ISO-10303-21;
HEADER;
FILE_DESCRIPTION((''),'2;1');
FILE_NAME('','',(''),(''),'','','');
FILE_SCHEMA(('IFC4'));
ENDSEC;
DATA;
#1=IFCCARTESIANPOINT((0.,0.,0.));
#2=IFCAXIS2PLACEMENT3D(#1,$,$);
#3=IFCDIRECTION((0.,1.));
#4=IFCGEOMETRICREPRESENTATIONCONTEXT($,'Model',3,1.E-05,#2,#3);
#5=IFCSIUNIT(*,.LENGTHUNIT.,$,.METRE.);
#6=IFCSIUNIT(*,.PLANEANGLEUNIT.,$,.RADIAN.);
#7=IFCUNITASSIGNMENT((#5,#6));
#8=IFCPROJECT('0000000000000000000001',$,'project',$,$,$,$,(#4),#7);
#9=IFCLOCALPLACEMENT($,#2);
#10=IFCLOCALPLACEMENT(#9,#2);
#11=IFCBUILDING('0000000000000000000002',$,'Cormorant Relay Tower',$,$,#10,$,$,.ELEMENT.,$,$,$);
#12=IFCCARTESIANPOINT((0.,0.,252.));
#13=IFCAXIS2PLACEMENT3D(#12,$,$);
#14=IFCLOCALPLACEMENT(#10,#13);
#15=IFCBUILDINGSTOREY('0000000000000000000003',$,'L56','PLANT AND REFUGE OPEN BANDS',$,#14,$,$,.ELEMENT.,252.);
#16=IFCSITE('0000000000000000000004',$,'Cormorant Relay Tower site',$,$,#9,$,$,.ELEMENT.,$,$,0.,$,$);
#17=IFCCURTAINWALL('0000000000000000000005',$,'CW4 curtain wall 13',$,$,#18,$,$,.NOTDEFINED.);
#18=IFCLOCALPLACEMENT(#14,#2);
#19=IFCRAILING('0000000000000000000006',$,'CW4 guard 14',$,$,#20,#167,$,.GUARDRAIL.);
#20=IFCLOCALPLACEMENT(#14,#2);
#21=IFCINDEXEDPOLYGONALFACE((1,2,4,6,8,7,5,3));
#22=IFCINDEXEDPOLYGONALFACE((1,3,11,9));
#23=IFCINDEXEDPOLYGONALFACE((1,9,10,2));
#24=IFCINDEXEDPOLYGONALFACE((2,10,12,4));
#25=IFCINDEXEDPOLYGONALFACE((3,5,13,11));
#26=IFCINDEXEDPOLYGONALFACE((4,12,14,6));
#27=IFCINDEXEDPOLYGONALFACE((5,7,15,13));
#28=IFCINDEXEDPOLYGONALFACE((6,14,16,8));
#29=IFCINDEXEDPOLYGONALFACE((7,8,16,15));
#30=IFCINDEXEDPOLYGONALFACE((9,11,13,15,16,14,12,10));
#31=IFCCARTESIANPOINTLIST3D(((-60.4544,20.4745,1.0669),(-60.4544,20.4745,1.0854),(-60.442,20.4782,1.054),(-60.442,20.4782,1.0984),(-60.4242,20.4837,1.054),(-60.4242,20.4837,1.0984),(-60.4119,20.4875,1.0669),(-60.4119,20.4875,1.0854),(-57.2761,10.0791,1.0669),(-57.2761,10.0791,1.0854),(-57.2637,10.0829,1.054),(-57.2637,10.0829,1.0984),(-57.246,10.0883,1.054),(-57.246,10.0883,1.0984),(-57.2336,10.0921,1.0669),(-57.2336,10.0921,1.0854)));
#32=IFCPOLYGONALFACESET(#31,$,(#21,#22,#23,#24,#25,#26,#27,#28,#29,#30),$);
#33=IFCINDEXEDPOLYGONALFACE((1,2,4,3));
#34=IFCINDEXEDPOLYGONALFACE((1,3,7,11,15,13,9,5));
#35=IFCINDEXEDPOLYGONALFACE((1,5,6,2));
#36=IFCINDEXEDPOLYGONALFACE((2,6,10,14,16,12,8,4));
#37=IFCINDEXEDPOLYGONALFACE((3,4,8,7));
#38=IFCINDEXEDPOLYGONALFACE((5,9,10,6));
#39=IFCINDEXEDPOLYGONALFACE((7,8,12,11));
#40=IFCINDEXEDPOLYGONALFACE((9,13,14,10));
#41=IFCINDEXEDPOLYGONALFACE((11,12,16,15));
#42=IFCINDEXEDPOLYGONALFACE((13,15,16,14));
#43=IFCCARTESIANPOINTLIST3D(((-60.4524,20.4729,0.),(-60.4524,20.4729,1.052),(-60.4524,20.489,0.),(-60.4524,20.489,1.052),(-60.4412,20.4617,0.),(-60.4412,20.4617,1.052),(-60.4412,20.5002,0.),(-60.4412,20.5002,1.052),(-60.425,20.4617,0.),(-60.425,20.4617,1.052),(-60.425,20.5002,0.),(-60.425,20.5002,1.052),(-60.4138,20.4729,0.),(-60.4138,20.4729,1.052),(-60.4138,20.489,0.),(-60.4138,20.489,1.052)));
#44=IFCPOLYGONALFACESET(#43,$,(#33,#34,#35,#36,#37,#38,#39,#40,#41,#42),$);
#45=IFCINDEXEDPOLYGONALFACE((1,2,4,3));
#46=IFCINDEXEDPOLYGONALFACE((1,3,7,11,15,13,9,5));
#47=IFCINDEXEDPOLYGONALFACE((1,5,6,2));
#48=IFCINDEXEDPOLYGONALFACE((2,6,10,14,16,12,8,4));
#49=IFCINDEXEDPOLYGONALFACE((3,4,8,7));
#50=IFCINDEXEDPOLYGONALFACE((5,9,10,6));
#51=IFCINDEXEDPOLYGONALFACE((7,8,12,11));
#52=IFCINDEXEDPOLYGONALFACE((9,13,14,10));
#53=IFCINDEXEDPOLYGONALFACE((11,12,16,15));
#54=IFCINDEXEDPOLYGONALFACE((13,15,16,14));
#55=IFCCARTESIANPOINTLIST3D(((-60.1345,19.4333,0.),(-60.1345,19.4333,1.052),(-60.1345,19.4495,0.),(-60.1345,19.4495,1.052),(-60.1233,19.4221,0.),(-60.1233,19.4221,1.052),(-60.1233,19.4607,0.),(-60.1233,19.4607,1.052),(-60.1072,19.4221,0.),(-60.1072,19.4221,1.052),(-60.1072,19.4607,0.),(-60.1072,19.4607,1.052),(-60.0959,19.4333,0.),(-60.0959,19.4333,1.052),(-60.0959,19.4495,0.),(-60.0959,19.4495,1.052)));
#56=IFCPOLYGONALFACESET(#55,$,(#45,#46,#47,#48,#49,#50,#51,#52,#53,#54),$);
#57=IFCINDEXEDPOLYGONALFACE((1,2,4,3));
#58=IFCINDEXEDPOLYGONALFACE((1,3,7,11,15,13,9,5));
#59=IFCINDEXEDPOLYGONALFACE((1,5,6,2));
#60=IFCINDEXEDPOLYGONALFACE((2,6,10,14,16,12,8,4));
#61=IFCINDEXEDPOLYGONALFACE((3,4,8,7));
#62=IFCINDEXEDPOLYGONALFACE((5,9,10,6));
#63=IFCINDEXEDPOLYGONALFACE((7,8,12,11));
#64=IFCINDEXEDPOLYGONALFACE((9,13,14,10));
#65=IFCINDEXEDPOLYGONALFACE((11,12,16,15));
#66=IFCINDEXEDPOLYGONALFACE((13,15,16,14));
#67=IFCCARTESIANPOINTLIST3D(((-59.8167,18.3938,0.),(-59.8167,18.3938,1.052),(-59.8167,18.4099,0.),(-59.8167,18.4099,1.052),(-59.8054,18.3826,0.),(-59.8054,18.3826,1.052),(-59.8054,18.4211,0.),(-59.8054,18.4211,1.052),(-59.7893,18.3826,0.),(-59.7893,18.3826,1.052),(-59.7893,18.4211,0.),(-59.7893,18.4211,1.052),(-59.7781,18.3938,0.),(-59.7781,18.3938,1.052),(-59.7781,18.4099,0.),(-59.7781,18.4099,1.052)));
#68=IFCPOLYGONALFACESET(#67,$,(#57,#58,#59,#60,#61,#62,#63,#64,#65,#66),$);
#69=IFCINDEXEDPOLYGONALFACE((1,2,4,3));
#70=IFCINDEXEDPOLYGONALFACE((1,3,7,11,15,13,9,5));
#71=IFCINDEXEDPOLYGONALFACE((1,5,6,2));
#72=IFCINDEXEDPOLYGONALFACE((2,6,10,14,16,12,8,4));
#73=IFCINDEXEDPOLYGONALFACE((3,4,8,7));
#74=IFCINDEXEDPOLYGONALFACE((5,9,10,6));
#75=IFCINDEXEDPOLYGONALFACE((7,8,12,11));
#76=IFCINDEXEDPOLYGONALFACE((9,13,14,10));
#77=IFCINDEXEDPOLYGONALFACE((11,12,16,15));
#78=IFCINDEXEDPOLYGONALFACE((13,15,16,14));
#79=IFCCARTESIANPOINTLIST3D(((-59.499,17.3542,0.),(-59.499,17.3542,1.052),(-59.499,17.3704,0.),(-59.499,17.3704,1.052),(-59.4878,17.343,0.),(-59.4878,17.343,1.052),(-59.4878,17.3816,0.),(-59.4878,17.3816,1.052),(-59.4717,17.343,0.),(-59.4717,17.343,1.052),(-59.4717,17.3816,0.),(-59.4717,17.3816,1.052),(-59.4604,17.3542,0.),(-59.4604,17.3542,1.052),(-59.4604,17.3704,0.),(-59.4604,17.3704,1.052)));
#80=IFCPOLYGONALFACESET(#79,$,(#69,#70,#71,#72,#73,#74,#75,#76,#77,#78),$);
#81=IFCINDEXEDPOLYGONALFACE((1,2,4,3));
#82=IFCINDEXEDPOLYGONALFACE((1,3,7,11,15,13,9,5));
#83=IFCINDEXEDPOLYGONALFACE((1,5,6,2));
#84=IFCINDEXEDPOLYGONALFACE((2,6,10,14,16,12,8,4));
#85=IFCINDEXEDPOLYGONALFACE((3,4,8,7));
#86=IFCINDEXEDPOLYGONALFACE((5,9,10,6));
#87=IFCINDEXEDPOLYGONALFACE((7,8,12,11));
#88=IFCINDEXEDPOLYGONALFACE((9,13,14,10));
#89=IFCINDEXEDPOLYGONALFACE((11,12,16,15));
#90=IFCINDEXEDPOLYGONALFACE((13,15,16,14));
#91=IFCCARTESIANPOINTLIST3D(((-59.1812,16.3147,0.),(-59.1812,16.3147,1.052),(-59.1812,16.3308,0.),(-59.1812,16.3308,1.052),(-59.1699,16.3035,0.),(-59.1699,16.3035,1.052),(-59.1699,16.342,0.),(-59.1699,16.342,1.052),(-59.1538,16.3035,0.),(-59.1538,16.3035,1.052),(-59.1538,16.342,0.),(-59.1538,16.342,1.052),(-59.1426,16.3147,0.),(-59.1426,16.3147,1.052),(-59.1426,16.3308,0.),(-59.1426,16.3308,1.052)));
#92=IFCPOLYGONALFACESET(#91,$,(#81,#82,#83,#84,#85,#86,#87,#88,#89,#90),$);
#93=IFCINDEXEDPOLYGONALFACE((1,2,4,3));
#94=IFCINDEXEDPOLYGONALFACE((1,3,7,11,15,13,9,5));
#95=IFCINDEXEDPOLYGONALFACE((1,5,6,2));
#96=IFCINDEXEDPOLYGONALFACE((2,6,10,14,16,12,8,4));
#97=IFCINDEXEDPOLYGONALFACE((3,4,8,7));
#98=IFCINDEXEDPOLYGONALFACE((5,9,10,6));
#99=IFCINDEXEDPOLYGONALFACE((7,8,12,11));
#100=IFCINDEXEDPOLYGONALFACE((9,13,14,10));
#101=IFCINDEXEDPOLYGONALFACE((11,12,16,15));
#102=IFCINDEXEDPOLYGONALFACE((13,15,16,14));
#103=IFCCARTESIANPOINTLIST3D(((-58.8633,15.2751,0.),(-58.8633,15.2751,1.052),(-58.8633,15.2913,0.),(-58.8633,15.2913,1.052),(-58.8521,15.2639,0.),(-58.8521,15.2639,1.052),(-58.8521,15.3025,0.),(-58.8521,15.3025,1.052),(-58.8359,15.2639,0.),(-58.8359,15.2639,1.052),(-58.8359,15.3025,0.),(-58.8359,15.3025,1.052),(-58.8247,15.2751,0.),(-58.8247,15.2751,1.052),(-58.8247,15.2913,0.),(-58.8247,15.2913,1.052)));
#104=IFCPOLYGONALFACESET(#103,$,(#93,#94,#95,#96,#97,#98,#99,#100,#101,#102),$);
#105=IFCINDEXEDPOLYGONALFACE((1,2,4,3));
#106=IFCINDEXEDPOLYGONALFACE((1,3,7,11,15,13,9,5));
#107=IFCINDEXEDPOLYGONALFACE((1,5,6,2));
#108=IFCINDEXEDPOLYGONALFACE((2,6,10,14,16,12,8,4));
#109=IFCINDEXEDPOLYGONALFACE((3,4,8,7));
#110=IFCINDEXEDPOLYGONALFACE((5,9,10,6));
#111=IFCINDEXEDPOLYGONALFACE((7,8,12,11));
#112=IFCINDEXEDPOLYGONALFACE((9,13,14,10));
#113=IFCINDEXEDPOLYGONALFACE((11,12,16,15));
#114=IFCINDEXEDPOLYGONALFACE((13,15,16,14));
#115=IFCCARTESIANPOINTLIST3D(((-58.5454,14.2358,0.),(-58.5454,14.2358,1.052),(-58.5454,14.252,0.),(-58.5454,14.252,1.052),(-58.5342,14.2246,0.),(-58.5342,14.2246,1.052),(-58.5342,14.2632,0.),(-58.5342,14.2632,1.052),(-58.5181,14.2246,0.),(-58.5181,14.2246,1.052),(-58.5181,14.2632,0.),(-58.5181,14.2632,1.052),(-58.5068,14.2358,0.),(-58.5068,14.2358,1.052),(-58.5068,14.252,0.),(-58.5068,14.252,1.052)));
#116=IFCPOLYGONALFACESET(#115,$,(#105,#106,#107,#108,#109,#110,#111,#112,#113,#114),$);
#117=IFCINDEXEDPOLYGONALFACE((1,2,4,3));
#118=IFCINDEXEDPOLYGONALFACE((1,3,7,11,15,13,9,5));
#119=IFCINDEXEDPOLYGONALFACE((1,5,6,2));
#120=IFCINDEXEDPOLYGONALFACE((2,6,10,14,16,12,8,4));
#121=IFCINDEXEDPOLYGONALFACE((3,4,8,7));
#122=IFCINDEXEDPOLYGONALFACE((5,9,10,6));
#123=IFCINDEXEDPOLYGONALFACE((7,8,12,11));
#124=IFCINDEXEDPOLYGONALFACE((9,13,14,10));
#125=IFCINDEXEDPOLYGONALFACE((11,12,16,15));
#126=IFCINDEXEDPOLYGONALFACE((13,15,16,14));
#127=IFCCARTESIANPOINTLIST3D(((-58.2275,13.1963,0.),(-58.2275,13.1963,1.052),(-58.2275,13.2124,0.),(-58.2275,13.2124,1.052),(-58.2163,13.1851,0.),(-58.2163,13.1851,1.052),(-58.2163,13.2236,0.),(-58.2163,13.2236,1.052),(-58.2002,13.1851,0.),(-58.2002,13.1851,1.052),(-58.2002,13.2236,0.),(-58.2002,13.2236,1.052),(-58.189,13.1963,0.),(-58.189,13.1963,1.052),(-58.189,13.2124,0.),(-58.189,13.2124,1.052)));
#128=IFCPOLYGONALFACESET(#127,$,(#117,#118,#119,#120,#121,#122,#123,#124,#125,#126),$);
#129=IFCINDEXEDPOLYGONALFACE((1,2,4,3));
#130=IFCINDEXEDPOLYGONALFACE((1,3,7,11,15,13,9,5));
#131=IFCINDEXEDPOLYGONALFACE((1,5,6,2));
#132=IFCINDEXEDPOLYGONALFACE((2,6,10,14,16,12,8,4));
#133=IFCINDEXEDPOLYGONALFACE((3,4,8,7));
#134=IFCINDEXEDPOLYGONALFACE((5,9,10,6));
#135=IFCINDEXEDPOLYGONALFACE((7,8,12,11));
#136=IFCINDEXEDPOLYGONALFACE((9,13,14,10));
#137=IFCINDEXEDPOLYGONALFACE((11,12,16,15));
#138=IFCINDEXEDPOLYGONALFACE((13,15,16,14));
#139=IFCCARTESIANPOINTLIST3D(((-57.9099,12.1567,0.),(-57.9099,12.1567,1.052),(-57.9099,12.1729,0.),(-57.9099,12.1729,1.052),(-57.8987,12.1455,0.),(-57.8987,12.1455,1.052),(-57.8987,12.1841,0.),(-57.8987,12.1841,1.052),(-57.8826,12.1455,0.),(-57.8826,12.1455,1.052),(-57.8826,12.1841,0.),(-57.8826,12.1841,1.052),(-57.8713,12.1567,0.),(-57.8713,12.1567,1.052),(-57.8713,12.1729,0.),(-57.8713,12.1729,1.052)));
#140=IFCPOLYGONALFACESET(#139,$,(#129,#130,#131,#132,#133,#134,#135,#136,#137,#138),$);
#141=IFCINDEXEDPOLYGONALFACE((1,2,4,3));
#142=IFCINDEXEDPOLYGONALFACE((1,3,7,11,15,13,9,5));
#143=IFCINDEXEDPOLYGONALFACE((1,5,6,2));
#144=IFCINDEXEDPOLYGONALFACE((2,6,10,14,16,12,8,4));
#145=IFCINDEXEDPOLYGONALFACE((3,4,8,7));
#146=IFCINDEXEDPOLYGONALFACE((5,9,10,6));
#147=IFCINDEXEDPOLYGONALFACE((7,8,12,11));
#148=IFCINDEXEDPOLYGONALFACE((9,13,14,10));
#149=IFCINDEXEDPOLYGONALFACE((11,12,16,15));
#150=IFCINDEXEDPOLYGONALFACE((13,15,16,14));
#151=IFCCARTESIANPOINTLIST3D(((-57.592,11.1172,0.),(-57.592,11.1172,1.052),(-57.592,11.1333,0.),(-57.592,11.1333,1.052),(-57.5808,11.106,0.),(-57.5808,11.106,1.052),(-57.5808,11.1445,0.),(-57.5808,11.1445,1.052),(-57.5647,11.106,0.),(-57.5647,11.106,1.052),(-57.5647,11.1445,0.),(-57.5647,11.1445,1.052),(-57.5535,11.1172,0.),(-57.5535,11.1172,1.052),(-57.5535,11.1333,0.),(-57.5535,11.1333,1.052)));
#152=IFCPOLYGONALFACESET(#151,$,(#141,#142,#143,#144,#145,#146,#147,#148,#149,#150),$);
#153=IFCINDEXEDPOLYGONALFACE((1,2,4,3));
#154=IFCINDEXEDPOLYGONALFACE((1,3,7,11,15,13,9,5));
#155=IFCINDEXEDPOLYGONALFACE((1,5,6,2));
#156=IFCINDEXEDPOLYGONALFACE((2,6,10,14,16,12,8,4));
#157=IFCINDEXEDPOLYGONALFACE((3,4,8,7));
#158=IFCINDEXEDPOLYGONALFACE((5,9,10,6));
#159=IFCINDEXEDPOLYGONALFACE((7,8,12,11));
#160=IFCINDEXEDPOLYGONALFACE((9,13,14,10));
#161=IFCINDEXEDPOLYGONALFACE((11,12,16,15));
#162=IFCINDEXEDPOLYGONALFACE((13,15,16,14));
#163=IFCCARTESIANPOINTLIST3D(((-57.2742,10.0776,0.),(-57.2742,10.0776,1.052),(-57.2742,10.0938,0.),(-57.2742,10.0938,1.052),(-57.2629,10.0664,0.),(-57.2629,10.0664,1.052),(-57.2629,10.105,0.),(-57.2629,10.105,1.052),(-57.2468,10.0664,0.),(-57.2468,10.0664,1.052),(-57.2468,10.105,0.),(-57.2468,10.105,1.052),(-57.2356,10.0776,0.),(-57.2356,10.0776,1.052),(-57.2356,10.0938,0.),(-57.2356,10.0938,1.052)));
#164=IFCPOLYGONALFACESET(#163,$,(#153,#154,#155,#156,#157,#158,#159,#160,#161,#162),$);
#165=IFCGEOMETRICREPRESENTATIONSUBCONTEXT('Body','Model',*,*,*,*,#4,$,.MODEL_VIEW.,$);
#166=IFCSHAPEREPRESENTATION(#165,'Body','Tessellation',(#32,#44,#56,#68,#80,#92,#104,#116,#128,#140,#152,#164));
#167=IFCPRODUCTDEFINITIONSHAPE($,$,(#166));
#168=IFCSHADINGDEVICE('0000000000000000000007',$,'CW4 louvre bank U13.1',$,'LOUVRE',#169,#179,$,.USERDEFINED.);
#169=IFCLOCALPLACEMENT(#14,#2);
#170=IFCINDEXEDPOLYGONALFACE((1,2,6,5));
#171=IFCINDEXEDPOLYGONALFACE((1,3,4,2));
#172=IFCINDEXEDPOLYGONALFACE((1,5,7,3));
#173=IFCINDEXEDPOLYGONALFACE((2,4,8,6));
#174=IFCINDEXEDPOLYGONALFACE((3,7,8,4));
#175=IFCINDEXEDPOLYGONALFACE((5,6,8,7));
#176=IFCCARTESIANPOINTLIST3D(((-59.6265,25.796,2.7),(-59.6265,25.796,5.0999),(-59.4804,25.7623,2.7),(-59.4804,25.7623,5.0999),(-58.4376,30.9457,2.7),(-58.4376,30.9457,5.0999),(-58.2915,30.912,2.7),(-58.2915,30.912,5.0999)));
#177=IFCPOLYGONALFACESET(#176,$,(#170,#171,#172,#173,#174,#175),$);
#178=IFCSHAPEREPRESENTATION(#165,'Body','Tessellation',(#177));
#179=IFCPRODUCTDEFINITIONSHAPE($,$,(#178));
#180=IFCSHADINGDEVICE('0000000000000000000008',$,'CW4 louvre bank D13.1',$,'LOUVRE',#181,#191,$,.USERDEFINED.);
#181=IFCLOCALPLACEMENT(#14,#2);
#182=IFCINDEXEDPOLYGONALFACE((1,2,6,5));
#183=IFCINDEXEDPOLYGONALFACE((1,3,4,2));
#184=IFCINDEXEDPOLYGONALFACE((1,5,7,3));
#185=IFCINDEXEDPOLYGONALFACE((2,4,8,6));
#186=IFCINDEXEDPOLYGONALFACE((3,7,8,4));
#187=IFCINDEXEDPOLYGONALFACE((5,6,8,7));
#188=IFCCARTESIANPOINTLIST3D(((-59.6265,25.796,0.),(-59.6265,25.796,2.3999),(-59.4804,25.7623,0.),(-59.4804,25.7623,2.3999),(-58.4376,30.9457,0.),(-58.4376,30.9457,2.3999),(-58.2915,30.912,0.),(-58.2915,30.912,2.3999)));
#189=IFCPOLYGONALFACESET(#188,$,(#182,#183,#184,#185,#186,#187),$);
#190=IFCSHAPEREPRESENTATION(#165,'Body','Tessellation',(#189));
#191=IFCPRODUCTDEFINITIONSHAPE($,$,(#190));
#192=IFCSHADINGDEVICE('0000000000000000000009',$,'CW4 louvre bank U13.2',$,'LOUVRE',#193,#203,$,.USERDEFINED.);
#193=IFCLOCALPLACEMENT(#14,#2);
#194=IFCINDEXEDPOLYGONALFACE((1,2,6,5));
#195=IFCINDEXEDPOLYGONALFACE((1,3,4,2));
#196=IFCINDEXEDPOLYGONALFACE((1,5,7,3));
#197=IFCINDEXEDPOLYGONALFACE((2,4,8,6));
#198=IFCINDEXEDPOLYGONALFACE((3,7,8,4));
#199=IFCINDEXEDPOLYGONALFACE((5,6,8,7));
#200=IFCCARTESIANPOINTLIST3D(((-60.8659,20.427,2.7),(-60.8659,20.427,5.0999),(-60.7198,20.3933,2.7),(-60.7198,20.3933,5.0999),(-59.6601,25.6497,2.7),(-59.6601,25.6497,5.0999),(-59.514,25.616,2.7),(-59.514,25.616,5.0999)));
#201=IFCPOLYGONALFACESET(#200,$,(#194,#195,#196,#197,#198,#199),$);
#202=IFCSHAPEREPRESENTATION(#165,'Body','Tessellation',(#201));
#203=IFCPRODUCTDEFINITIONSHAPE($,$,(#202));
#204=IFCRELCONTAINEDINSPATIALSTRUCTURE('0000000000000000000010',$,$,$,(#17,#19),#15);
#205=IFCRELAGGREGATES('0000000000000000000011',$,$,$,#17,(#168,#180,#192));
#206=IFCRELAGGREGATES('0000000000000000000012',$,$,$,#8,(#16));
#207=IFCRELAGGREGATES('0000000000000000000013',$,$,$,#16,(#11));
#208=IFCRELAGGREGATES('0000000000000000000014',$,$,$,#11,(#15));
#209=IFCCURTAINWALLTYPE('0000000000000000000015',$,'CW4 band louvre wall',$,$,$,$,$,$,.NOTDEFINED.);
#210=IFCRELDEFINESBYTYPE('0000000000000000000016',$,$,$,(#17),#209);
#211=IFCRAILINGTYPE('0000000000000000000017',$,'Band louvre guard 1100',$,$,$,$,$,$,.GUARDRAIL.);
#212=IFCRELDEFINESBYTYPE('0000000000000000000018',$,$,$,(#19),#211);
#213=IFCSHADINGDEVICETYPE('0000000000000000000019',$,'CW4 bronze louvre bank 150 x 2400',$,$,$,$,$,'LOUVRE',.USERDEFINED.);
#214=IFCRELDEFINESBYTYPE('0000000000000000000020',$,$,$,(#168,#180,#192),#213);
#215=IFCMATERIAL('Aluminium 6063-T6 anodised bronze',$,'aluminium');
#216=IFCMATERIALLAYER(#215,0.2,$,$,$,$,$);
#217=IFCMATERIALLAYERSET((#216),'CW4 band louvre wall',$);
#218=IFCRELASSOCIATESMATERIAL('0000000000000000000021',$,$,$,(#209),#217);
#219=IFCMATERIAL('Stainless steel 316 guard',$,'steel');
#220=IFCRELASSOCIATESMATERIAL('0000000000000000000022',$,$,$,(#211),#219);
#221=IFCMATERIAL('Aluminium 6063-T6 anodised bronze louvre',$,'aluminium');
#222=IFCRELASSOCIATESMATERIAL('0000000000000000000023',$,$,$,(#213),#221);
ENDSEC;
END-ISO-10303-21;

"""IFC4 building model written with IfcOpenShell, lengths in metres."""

from ifc_helpers import new_model, si_unit, direction, frame, origin, origin_2d, place, context, subcontext, project, spatial, polyline, rectangle, outline, extrude, material, layer, layer_set, type_object, element, aggregate, save


model = new_model("IFC4")

# Units and contexts
model_context = context("Model", 3, precision=1e-05, world=origin(), true_north=direction((0.0, 1.0)))
body_context = subcontext(model_context, "Body", "Model", "MODEL_VIEW")
ifc_project = project(units=[si_unit("LENGTHUNIT", "METRE"), si_unit("PLANEANGLEUNIT", "RADIAN")], contexts=[model_context])

# Site, building, storey
site_placement = place(None, origin())
site = spatial("IfcSite", under=ifc_project, at=site_placement, Name="Cormorant Relay Tower site", CompositionType="ELEMENT", RefElevation=0.0)
building_placement = place(site_placement, origin())
building = spatial("IfcBuilding", under=site, at=building_placement, Name="Cormorant Relay Tower", CompositionType="ELEMENT")
storey_placement = place(building_placement, frame((0.0, 0.0, 252.0)))
storey = spatial("IfcBuildingStorey", under=building, at=storey_placement, Name="L56", Description="PLANT AND REFUGE OPEN BANDS", CompositionType="ELEMENT", Elevation=252.0)

# Curtain wall
ifc_material_1 = material(Name="Aluminium 6063-T6 anodised bronze", Category="aluminium")
ifc_layer_1 = layer(ifc_material_1, 0.2)
ifc_layer_set_1 = layer_set([ifc_layer_1], Name="CW4 band louvre wall")
curtain_wall_type = type_object("IfcCurtainWallType", Name="CW4 band louvre wall", PredefinedType="NOTDEFINED", material=ifc_layer_set_1)
curtain_wall_1_placement = place(storey_placement, origin())
curtain_wall_1 = element("IfcCurtainWall", 1, at=curtain_wall_1_placement, inside=storey, type_object=curtain_wall_type, Name="CW4 curtain wall 13", PredefinedType="NOTDEFINED")

# Railing
ifc_material_2 = material(Name="Stainless steel 316 guard", Category="steel")
railing_type = type_object("IfcRailingType", Name="Band louvre guard 1100", PredefinedType="GUARDRAIL", material=ifc_material_2)
railing_1_placement = place(storey_placement, frame((-60.4331, 20.481, 0.0)))
element("IfcRailing", 2, at=railing_1_placement, inside=storey, type_object=railing_type, Name="CW4 guard 14", PredefinedType="GUARDRAIL", context=body_context, shape_type="SweptSolid", body=[
    extrude(outline(polyline([(0.0222, 0.0093), (0.0093, 0.0222), (-0.0093, 0.0222), (-0.0222, 0.0093), (-0.0222, -0.0093), (-0.0093, -0.0222), (0.0093, -0.0222), (0.0222, -0.0093), (0.0222, 0.0093)])), frame((0.0, 0.0, 1.0762), z_axis=(0.292378, -0.956303, 0.0), x_axis=(0.956303, 0.292378, 0.0)), (0.0, 0.0, 1.0), 10.8704),
    extrude(outline(polyline([(0.0193, 0.0081), (0.0081, 0.0193), (-0.0081, 0.0193), (-0.0193, 0.0081), (-0.0193, -0.0081), (-0.0081, -0.0193), (0.0081, -0.0193), (0.0193, -0.0081), (0.0193, 0.0081)])), origin(), (0.0, 0.0, 1.0), 1.052),
    extrude(outline(polyline([(0.0193, 0.0081), (0.0081, 0.0193), (-0.0081, 0.0193), (-0.0193, 0.0081), (-0.0193, -0.0081), (-0.0081, -0.0193), (0.0081, -0.0193), (0.0193, -0.0081), (0.0193, 0.0081)])), frame((0.3179, -1.0396, 0.0)), (0.0, 0.0, 1.0), 1.052),
    extrude(outline(polyline([(0.0193, 0.0081), (0.0081, 0.0193), (-0.0081, 0.0193), (-0.0193, 0.0081), (-0.0193, -0.0081), (-0.0081, -0.0193), (0.0081, -0.0193), (0.0193, -0.0081), (0.0193, 0.0081)])), frame((0.6357, -2.0791, 0.0)), (0.0, 0.0, 1.0), 1.052),
    extrude(outline(polyline([(0.0193, 0.0081), (0.0081, 0.0193), (-0.0081, 0.0193), (-0.0193, 0.0081), (-0.0193, -0.0081), (-0.0081, -0.0193), (0.0081, -0.0193), (0.0193, -0.0081), (0.0193, 0.0081)])), frame((0.9534, -3.1187, 0.0)), (0.0, 0.0, 1.0), 1.052),
    extrude(outline(polyline([(0.0193, 0.0081), (0.0081, 0.0193), (-0.0081, 0.0193), (-0.0193, 0.0081), (-0.0193, -0.0081), (-0.0081, -0.0193), (0.0081, -0.0193), (0.0193, -0.0081), (0.0193, 0.0081)])), frame((1.2712, -4.1582, 0.0)), (0.0, 0.0, 1.0), 1.052),
    extrude(outline(polyline([(0.0193, 0.0081), (0.0081, 0.0193), (-0.0081, 0.0193), (-0.0193, 0.0081), (-0.0193, -0.0081), (-0.0081, -0.0193), (0.0081, -0.0193), (0.0193, -0.0081), (0.0193, 0.0081)])), frame((1.5891, -5.1978, 0.0)), (0.0, 0.0, 1.0), 1.052),
    extrude(outline(polyline([(0.0193, 0.0081), (0.0081, 0.0193), (-0.0081, 0.0193), (-0.0193, 0.0081), (-0.0193, -0.0081), (-0.0081, -0.0193), (0.0081, -0.0193), (0.0193, -0.0081), (0.0193, 0.0081)])), frame((1.907, -6.2371, 0.0)), (0.0, 0.0, 1.0), 1.052),
    extrude(outline(polyline([(0.0193, 0.0081), (0.0081, 0.0193), (-0.0081, 0.0193), (-0.0193, 0.0081), (-0.0193, -0.0081), (-0.0081, -0.0193), (0.0081, -0.0193), (0.0193, -0.0081), (0.0193, 0.0081)])), frame((2.2249, -7.2766, 0.0)), (0.0, 0.0, 1.0), 1.052),
    extrude(outline(polyline([(0.0193, 0.0081), (0.0081, 0.0193), (-0.0081, 0.0193), (-0.0193, 0.0081), (-0.0193, -0.0081), (-0.0081, -0.0193), (0.0081, -0.0193), (0.0193, -0.0081), (0.0193, 0.0081)])), frame((2.5425, -8.3162, 0.0)), (0.0, 0.0, 1.0), 1.052),
    extrude(outline(polyline([(0.0193, 0.0081), (0.0081, 0.0193), (-0.0081, 0.0193), (-0.0193, 0.0081), (-0.0193, -0.0081), (-0.0081, -0.0193), (0.0081, -0.0193), (0.0193, -0.0081), (0.0193, 0.0081)])), frame((2.8604, -9.3557, 0.0)), (0.0, 0.0, 1.0), 1.052),
    extrude(outline(polyline([(0.0193, 0.0081), (0.0081, 0.0193), (-0.0081, 0.0193), (-0.0193, 0.0081), (-0.0193, -0.0081), (-0.0081, -0.0193), (0.0081, -0.0193), (0.0193, -0.0081), (0.0193, 0.0081)])), frame((3.1782, -10.3953, 0.0)), (0.0, 0.0, 1.0), 1.052),
])

# Shading devices
ifc_material_3 = material(Name="Aluminium 6063-T6 anodised bronze louvre", Category="aluminium")
shading_device_type = type_object("IfcShadingDeviceType", Name="CW4 bronze louvre bank 150 x 2400", ElementType="LOUVRE", PredefinedType="USERDEFINED", material=ifc_material_3)
shading_device_1_placement = place(storey_placement, frame((-58.959, 28.354, 2.7), z_axis=(0.0, 0.0, 1.0), x_axis=(-0.224951, -0.97437, 0.0)))
shading_device_1 = element("IfcShadingDevice", 3, at=shading_device_1_placement, type_object=shading_device_type, Name="CW4 louvre bank U13.1", ObjectType="LOUVRE", PredefinedType="USERDEFINED", context=body_context, shape_type="SweptSolid", body=[
    extrude(rectangle(XDim=5.2852, YDim=0.1499, at=origin_2d()), origin(), (0.0, 0.0, 1.0), 2.3999),
])
shading_device_2_placement = place(storey_placement, frame((-58.959, 28.354, 0.0), z_axis=(0.0, 0.0, 1.0), x_axis=(-0.224951, -0.97437, 0.0)))
shading_device_2 = element("IfcShadingDevice", 4, at=shading_device_2_placement, type_object=shading_device_type, Name="CW4 louvre bank D13.1", ObjectType="LOUVRE", PredefinedType="USERDEFINED", context=body_context, shape_type="SweptSolid", body=[
    extrude(rectangle(XDim=5.2852, YDim=0.1499, at=origin_2d()), origin(), (0.0, 0.0, 1.0), 2.3999),
])
shading_device_3_placement = place(storey_placement, frame((-60.1899, 23.0215, 2.7), z_axis=(0.0, 0.0, 1.0), x_axis=(-0.224951, -0.97437, 0.0)))
shading_device_3 = element("IfcShadingDevice", 5, at=shading_device_3_placement, type_object=shading_device_type, Name="CW4 louvre bank U13.2", ObjectType="LOUVRE", PredefinedType="USERDEFINED", context=body_context, shape_type="SweptSolid", body=[
    extrude(rectangle(XDim=5.3601, YDim=0.1499, at=origin_2d()), origin(), (0.0, 0.0, 1.0), 2.3999),
])
aggregate(curtain_wall_1, [shading_device_1, shading_device_2, shading_device_3])

save(model, "model.ifc")
